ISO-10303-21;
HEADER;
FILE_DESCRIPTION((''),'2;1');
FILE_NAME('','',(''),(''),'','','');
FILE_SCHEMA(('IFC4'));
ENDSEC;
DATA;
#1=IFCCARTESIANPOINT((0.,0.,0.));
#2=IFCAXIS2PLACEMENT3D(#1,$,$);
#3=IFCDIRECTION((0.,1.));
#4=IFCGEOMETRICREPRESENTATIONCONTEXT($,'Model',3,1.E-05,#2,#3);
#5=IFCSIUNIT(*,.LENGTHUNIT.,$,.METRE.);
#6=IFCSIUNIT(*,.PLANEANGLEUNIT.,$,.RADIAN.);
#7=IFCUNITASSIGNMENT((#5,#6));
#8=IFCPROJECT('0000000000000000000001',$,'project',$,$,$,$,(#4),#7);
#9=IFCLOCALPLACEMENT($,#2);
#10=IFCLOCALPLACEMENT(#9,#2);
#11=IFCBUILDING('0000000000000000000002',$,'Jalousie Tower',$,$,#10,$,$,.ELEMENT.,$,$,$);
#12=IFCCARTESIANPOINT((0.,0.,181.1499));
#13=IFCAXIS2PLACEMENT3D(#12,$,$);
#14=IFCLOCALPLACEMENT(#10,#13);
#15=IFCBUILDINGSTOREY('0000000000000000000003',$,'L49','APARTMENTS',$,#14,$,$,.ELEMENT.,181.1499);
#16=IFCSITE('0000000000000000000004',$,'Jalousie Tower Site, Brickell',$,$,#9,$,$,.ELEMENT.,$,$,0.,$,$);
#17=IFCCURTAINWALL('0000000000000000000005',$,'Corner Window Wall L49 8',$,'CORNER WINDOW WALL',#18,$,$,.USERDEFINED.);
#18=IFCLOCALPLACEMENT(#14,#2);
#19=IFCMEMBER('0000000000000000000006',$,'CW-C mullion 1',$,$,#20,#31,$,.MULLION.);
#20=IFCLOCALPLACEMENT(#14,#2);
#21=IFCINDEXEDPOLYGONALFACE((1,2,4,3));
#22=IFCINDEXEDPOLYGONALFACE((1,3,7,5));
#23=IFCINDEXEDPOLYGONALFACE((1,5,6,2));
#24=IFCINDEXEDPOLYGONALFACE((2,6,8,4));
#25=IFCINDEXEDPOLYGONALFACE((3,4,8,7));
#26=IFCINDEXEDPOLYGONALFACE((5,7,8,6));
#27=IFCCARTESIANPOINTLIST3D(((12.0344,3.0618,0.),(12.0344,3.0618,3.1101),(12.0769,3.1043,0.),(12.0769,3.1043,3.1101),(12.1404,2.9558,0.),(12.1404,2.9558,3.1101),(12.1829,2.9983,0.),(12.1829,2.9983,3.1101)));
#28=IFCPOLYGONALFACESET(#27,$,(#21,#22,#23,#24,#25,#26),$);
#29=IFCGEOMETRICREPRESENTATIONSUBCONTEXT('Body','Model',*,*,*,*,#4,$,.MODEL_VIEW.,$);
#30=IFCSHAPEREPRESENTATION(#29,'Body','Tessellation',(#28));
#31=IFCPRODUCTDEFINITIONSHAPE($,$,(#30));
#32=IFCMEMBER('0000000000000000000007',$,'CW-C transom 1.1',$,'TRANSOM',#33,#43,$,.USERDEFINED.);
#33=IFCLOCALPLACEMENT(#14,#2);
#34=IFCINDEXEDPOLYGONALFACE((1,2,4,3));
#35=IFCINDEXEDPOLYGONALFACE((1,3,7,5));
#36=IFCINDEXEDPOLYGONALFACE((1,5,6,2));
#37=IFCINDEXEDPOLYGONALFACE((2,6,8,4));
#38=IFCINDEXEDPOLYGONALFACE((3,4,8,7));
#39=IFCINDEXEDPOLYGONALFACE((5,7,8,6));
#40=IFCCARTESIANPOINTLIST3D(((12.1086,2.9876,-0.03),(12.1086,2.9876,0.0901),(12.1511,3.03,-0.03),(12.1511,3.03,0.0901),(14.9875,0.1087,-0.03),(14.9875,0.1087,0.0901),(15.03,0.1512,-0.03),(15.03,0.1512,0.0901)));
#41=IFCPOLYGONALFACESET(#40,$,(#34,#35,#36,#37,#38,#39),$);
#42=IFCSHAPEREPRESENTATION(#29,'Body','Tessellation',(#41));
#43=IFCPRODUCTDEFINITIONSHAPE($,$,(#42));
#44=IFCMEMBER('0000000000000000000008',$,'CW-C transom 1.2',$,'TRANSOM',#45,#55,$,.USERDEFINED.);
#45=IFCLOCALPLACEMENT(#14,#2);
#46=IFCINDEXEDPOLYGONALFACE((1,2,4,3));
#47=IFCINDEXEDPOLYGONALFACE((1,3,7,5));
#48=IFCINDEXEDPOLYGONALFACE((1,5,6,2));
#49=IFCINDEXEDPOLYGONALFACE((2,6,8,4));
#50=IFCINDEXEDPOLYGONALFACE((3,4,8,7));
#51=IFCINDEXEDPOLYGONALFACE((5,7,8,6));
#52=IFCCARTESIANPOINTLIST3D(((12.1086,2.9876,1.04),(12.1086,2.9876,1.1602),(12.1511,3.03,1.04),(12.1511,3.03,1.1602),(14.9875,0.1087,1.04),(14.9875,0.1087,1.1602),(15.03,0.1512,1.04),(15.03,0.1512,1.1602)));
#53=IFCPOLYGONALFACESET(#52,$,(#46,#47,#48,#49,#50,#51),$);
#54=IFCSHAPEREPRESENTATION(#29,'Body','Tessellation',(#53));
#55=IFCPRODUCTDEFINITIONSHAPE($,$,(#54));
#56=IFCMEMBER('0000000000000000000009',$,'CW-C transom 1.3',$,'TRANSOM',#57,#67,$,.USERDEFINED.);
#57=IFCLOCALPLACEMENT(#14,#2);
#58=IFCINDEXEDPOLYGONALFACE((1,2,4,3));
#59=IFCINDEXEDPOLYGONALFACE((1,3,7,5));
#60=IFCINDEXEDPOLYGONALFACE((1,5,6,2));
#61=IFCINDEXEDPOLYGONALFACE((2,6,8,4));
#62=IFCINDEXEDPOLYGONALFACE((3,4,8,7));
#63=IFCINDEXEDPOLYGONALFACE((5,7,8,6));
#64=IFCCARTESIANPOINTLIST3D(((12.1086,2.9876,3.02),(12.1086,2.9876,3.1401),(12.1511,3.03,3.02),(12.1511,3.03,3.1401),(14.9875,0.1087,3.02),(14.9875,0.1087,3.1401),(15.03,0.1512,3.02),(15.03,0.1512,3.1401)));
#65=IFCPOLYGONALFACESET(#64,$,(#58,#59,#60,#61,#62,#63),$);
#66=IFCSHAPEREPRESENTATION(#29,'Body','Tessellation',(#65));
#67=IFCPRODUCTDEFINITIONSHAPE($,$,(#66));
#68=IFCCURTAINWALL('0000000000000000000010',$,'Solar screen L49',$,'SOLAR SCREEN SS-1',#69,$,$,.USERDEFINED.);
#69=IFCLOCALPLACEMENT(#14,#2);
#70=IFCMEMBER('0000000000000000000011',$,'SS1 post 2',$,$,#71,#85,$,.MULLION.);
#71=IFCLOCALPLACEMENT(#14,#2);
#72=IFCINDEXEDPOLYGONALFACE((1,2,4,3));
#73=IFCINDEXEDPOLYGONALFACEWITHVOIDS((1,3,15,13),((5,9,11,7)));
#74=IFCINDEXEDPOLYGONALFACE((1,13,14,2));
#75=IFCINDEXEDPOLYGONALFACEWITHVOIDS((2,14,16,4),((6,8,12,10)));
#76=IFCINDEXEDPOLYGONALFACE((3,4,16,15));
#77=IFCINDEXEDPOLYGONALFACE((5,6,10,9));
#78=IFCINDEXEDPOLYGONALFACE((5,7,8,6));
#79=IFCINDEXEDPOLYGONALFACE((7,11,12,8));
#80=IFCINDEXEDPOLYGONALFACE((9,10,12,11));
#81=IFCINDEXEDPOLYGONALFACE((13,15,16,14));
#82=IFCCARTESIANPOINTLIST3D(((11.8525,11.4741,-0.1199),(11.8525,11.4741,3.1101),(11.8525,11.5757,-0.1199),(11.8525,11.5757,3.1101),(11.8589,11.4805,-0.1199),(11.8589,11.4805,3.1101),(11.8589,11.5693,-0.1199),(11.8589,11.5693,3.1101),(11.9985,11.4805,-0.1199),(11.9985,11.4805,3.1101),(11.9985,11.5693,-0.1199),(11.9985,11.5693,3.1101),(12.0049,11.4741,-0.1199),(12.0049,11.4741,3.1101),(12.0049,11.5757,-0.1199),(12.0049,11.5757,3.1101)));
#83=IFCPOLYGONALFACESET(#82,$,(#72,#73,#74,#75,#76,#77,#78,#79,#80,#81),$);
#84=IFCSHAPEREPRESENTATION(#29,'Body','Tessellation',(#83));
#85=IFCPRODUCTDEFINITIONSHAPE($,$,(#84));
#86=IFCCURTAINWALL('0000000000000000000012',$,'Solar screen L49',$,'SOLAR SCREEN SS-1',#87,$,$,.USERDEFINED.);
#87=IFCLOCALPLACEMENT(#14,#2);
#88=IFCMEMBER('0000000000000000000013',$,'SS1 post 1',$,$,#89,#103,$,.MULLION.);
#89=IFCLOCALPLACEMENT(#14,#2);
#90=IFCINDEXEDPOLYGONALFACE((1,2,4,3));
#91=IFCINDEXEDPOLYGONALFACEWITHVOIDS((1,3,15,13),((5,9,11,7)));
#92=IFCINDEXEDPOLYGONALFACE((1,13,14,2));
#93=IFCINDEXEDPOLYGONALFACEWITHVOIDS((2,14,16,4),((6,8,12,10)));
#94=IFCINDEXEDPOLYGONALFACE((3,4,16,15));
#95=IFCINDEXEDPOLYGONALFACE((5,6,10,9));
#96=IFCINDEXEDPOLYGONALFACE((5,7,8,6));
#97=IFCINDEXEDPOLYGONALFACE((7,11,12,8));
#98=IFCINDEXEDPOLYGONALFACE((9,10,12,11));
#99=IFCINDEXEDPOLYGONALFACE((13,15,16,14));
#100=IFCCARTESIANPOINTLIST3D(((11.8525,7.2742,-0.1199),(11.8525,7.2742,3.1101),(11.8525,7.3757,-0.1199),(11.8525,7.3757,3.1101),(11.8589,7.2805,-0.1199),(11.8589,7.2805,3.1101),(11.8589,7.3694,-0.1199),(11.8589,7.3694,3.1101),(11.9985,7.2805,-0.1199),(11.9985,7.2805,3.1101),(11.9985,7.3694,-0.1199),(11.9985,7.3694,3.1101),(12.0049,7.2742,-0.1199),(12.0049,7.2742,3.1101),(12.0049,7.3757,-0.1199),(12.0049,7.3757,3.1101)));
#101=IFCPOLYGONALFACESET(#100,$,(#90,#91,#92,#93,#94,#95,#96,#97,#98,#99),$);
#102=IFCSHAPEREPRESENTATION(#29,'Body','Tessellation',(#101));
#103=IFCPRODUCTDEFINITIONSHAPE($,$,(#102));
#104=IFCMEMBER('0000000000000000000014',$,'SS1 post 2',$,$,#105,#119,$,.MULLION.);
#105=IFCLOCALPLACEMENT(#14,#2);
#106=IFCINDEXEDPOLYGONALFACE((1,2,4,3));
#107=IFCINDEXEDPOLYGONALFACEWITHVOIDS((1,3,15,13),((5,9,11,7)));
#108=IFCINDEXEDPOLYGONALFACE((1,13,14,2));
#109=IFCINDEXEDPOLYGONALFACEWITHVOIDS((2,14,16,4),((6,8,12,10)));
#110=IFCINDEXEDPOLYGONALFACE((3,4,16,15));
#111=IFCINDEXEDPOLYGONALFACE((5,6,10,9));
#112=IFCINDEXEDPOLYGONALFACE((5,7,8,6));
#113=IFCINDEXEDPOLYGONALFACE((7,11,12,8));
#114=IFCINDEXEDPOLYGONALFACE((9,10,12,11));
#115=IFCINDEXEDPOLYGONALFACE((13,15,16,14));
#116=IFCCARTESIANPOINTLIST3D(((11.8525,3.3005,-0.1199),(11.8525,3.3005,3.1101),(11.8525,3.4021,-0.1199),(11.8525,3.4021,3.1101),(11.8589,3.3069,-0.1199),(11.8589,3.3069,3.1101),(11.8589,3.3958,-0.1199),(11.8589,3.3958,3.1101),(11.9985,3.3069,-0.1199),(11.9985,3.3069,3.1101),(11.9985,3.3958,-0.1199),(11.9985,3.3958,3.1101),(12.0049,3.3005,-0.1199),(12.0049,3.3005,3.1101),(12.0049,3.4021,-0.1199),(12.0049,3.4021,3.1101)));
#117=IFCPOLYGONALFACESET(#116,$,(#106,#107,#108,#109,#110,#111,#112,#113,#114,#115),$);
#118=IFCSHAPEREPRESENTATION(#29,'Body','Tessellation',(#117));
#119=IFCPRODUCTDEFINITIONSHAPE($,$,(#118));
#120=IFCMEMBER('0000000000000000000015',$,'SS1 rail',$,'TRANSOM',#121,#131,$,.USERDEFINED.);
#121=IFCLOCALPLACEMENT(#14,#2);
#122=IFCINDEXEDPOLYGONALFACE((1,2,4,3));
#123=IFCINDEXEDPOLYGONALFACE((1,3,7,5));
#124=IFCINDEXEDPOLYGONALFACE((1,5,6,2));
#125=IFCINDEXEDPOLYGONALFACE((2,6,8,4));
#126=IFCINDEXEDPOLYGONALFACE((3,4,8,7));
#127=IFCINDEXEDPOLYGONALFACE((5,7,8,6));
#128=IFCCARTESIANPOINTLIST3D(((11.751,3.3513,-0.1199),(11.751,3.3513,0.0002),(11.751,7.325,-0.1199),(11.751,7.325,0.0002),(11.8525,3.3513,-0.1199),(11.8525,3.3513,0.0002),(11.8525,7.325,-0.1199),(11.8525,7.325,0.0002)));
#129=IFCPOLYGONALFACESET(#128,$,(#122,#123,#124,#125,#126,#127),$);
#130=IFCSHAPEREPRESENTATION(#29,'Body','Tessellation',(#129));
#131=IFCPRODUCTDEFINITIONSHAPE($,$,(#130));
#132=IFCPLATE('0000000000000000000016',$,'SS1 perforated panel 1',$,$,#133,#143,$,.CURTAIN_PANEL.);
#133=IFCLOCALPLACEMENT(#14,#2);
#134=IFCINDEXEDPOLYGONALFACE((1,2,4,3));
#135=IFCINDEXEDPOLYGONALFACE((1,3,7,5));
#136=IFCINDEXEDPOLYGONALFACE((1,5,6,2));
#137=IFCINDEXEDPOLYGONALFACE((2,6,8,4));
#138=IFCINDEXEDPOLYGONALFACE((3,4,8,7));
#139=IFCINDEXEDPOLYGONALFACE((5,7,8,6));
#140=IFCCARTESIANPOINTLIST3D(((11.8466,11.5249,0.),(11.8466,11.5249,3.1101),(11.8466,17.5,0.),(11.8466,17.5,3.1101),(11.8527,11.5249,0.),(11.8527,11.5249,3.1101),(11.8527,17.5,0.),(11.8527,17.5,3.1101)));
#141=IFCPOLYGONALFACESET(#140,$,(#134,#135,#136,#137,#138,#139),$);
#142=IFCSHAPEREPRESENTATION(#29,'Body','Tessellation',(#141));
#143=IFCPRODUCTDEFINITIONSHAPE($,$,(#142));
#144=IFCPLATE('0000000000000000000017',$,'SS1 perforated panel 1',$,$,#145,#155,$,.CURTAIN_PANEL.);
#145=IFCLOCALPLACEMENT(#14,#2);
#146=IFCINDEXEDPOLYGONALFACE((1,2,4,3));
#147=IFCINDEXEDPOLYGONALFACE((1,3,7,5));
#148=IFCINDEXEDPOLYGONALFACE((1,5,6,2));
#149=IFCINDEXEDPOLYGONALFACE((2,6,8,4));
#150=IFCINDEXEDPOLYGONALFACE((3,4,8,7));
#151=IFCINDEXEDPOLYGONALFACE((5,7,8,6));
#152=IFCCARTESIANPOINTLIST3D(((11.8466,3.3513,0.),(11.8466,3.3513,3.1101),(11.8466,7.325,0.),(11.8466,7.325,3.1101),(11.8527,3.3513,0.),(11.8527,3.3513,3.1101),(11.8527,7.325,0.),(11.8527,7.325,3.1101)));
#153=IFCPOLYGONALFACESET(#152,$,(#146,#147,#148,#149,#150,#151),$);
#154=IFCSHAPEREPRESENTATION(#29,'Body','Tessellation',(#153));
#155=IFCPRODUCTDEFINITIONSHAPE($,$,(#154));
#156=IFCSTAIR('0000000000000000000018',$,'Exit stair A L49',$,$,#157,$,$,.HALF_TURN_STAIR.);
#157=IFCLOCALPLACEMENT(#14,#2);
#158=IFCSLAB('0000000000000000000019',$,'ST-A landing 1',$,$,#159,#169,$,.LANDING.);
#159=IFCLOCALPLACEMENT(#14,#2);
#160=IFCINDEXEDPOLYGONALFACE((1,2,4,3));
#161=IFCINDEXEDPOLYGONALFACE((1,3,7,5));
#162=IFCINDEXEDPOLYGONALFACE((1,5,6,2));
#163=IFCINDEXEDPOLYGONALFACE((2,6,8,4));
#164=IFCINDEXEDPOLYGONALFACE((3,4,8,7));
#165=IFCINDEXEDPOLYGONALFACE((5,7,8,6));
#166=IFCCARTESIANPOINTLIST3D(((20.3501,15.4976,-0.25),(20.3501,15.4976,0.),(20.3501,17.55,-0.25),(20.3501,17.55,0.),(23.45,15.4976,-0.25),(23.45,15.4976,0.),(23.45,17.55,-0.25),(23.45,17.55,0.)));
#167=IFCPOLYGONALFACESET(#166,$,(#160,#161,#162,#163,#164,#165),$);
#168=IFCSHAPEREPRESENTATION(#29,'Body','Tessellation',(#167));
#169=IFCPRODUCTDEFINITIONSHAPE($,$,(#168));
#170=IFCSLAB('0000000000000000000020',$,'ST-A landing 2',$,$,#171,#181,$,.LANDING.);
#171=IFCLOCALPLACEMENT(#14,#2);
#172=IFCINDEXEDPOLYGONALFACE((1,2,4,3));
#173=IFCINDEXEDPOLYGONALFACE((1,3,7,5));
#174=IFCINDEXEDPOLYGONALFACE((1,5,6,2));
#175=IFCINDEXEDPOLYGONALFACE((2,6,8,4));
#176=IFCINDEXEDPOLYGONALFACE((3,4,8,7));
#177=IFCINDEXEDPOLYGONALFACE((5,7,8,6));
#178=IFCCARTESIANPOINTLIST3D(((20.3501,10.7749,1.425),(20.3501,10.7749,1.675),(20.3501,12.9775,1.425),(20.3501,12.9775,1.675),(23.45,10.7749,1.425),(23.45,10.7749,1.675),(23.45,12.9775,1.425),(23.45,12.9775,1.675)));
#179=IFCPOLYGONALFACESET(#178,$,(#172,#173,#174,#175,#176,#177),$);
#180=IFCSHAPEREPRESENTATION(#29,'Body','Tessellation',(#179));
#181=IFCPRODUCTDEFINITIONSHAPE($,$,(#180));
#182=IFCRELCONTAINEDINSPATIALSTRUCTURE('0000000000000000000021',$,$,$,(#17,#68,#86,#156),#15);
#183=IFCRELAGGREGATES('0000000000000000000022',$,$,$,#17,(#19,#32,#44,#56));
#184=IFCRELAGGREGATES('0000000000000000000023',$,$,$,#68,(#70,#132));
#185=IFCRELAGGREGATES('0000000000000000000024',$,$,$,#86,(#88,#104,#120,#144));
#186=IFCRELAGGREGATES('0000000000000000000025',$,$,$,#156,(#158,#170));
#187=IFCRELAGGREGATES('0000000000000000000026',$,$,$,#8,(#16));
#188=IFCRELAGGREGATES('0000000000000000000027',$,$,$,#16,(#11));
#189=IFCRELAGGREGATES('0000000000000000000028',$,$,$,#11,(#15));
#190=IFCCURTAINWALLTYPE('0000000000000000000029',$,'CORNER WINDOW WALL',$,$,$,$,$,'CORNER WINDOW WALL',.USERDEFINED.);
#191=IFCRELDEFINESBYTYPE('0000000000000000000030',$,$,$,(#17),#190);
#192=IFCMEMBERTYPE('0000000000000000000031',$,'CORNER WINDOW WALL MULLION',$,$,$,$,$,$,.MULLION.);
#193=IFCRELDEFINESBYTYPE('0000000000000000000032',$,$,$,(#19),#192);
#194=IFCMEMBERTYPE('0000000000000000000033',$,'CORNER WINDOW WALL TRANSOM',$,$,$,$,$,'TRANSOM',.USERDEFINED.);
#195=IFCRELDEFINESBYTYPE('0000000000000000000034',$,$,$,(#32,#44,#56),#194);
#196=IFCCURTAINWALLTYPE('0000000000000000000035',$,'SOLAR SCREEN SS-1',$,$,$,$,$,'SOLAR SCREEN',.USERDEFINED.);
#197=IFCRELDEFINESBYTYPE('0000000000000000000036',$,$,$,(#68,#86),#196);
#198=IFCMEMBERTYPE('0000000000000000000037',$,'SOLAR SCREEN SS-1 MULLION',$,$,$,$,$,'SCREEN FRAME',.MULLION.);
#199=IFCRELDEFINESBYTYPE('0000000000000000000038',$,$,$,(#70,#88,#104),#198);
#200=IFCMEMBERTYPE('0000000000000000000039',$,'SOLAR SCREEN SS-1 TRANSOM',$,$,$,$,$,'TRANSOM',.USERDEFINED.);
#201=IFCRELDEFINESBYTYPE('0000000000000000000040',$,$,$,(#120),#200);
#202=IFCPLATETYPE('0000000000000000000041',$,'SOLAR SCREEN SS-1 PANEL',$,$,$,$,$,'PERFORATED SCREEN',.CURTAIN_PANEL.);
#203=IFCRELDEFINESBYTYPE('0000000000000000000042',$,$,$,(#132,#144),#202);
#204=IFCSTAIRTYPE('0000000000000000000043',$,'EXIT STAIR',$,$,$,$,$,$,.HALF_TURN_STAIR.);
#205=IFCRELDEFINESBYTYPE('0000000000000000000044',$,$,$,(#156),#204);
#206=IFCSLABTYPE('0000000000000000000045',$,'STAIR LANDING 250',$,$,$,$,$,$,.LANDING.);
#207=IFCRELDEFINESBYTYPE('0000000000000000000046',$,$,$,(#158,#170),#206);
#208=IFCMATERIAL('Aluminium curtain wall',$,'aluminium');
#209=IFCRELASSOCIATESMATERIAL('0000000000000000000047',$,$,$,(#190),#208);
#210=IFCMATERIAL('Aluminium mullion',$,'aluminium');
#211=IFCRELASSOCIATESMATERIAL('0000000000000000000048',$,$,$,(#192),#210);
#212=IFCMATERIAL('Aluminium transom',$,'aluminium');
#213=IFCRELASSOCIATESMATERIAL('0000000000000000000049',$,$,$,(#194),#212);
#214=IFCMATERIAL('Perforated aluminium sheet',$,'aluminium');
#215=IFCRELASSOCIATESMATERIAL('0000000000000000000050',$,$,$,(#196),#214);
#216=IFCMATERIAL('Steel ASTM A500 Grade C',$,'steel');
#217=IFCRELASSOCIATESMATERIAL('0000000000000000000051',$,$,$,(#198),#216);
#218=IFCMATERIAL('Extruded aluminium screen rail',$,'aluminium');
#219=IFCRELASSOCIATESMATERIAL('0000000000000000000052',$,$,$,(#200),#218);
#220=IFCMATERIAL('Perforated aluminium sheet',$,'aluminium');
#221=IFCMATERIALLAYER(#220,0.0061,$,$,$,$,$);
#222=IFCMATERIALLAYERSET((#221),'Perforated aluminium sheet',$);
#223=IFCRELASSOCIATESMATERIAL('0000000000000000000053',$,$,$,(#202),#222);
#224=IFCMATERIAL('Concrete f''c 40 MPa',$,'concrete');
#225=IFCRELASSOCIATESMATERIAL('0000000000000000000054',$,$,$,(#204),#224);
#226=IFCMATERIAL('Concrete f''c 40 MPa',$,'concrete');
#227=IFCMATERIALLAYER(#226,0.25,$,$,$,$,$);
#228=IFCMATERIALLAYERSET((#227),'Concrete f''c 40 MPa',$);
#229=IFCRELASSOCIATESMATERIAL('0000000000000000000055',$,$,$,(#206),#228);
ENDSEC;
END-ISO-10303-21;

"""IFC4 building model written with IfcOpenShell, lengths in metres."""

from ifc_helpers import new_model, si_unit, direction, frame, origin, origin_2d, place, context, subcontext, project, spatial, polyline, rectangle, hollow_rectangle, outline, extrude, material, layer, layer_set, material_profile, profile_set, type_object, element, aggregate, save


model = new_model("IFC4")

# Units and contexts
model_context = context("Model", 3, precision=1e-05, world=origin(), true_north=direction((0.0, 1.0)))
body_context = subcontext(model_context, "Body", "Model", "MODEL_VIEW")
ifc_project = project(units=[si_unit("LENGTHUNIT", "METRE"), si_unit("PLANEANGLEUNIT", "RADIAN")], contexts=[model_context])

# Site, building, storey
site_placement = place(None, origin())
site = spatial("IfcSite", under=ifc_project, at=site_placement, Name="Jalousie Tower Site, Brickell", CompositionType="ELEMENT", RefElevation=0.0)
building_placement = place(site_placement, origin())
building = spatial("IfcBuilding", under=site, at=building_placement, Name="Jalousie Tower", CompositionType="ELEMENT")
storey_placement = place(building_placement, frame((0.0, 0.0, 181.1499)))
storey = spatial("IfcBuildingStorey", under=building, at=storey_placement, Name="L49", Description="APARTMENTS", CompositionType="ELEMENT", Elevation=181.1499)

# Curtain wall, members
ifc_material_1 = material(Name="Aluminium curtain wall", Category="aluminium")
curtain_wall_type_1 = type_object("IfcCurtainWallType", Name="CORNER WINDOW WALL", ElementType="CORNER WINDOW WALL", PredefinedType="USERDEFINED", material=ifc_material_1)
curtain_wall_1_placement = place(storey_placement, origin())
curtain_wall_1 = element("IfcCurtainWall", 1, at=curtain_wall_1_placement, inside=storey, type_object=curtain_wall_type_1, Name="Corner Window Wall L49 8", ObjectType="CORNER WINDOW WALL", PredefinedType="USERDEFINED")
ifc_material_2 = material(Name="Aluminium mullion", Category="aluminium")
ifc_material_profile_1 = material_profile(ifc_material_2, rectangle(XDim=0.0601, YDim=0.1499, at=origin_2d()), Name="MULLION 60x150")
ifc_profile_set_1 = profile_set([ifc_material_profile_1], Name="Aluminium mullion")
member_type_1 = type_object("IfcMemberType", Name="CORNER WINDOW WALL MULLION", PredefinedType="MULLION", material=ifc_profile_set_1)
member_1_placement = place(storey_placement, frame((12.1086, 3.03, 0.0), z_axis=(0.0, 0.0, 1.0), x_axis=(0.707107, 0.707107, 0.0)))
member_1 = element("IfcMember", 2, at=member_1_placement, type_object=member_type_1, Name="CW-C mullion 1", PredefinedType="MULLION", context=body_context, shape_type="SweptSolid", body=[
    extrude(rectangle(XDim=0.0601, YDim=0.1499, at=origin_2d()), origin(), (0.0, 0.0, 1.0), 3.1101),
])
ifc_material_3 = material(Name="Aluminium transom", Category="aluminium")
ifc_material_profile_2 = material_profile(ifc_material_3, rectangle(XDim=0.0601, YDim=0.1201, at=origin_2d()), Name="TRANSOM 60x120")
ifc_profile_set_2 = profile_set([ifc_material_profile_2], Name="Aluminium transom")
member_type_2 = type_object("IfcMemberType", Name="CORNER WINDOW WALL TRANSOM", ElementType="TRANSOM", PredefinedType="USERDEFINED", material=ifc_profile_set_2)
member_2_placement = place(storey_placement, frame((12.1299, 3.0088, 0.03), z_axis=(0.707107, -0.707107, 0.0), x_axis=(0.707107, 0.707107, 0.0)))
member_2 = element("IfcMember", 3, at=member_2_placement, type_object=member_type_2, Name="CW-C transom 1.1", ObjectType="TRANSOM", PredefinedType="USERDEFINED", context=body_context, shape_type="SweptSolid", body=[
    extrude(rectangle(XDim=0.0601, YDim=0.1201, at=origin_2d()), origin(), (0.0, 0.0, 1.0), 4.0713),
])
member_3_placement = place(storey_placement, frame((12.1299, 3.0088, 1.1001), z_axis=(0.707107, -0.707107, 0.0), x_axis=(0.707107, 0.707107, 0.0)))
member_3 = element("IfcMember", 4, at=member_3_placement, type_object=member_type_2, Name="CW-C transom 1.2", ObjectType="TRANSOM", PredefinedType="USERDEFINED", context=body_context, shape_type="SweptSolid", body=[
    extrude(rectangle(XDim=0.0601, YDim=0.1201, at=origin_2d()), origin(), (0.0, 0.0, 1.0), 4.0713),
])
member_4_placement = place(storey_placement, frame((12.1299, 3.0088, 3.0801), z_axis=(0.707107, -0.707107, 0.0), x_axis=(0.707107, 0.707107, 0.0)))
member_4 = element("IfcMember", 5, at=member_4_placement, type_object=member_type_2, Name="CW-C transom 1.3", ObjectType="TRANSOM", PredefinedType="USERDEFINED", context=body_context, shape_type="SweptSolid", body=[
    extrude(rectangle(XDim=0.0601, YDim=0.1201, at=origin_2d()), origin(), (0.0, 0.0, 1.0), 4.0713),
])
aggregate(curtain_wall_1, [member_1, member_2, member_3, member_4])

# Curtain wall, member
ifc_material_4 = material(Name="Perforated aluminium sheet", Category="aluminium")
curtain_wall_type_2 = type_object("IfcCurtainWallType", Name="SOLAR SCREEN SS-1", ElementType="SOLAR SCREEN", PredefinedType="USERDEFINED", material=ifc_material_4)
curtain_wall_2_placement = place(storey_placement, origin())
curtain_wall_2 = element("IfcCurtainWall", 6, at=curtain_wall_2_placement, inside=storey, type_object=curtain_wall_type_2, Name="Solar screen L49", ObjectType="SOLAR SCREEN SS-1", PredefinedType="USERDEFINED")
ifc_material_5 = material(Name="Steel ASTM A500 Grade C", Category="steel")
ifc_material_profile_3 = material_profile(ifc_material_5, hollow_rectangle(XDim=0.1016, YDim=0.1523, WallThickness=0.0063, at=origin_2d()), Name="HSS6X4X1/4")
ifc_profile_set_3 = profile_set([ifc_material_profile_3], Name="Steel ASTM A500 Grade C")
member_type_3 = type_object("IfcMemberType", Name="SOLAR SCREEN SS-1 MULLION", ElementType="SCREEN FRAME", PredefinedType="MULLION", material=ifc_profile_set_3)
member_5_placement = place(storey_placement, frame((11.9287, 11.5249, -0.1199), z_axis=(0.0, 0.0, 1.0), x_axis=(0.0, -1.0, 0.0)))
member_5 = element("IfcMember", 7, at=member_5_placement, type_object=member_type_3, Name="SS1 post 2", PredefinedType="MULLION", context=body_context, shape_type="SweptSolid", body=[
    extrude(hollow_rectangle(XDim=0.1016, YDim=0.1523, WallThickness=0.0063, at=origin_2d()), origin(), (0.0, 0.0, 1.0), 3.23),
])

# Curtain wall, members
curtain_wall_3_placement = place(storey_placement, origin())
curtain_wall_3 = element("IfcCurtainWall", 8, at=curtain_wall_3_placement, inside=storey, type_object=curtain_wall_type_2, Name="Solar screen L49", ObjectType="SOLAR SCREEN SS-1", PredefinedType="USERDEFINED")
member_6_placement = place(storey_placement, frame((11.9287, 7.325, -0.1199), z_axis=(0.0, 0.0, 1.0), x_axis=(0.0, -1.0, 0.0)))
member_6 = element("IfcMember", 9, at=member_6_placement, type_object=member_type_3, Name="SS1 post 1", PredefinedType="MULLION", context=body_context, shape_type="SweptSolid", body=[
    extrude(hollow_rectangle(XDim=0.1016, YDim=0.1523, WallThickness=0.0063, at=origin_2d()), origin(), (0.0, 0.0, 1.0), 3.23),
])
member_7_placement = place(storey_placement, frame((11.9287, 3.3513, -0.1199), z_axis=(0.0, 0.0, 1.0), x_axis=(0.0, -1.0, 0.0)))
member_7 = element("IfcMember", 10, at=member_7_placement, type_object=member_type_3, Name="SS1 post 2", PredefinedType="MULLION", context=body_context, shape_type="SweptSolid", body=[
    extrude(hollow_rectangle(XDim=0.1016, YDim=0.1523, WallThickness=0.0063, at=origin_2d()), origin(), (0.0, 0.0, 1.0), 3.23),
])
ifc_material_6 = material(Name="Extruded aluminium screen rail", Category="aluminium")
ifc_material_profile_4 = material_profile(ifc_material_6, rectangle(XDim=0.1016, YDim=0.1201, at=origin_2d()), Name="RAIL 102x120")
ifc_profile_set_4 = profile_set([ifc_material_profile_4], Name="Extruded aluminium screen rail")
member_type_4 = type_object("IfcMemberType", Name="SOLAR SCREEN SS-1 TRANSOM", ElementType="TRANSOM", PredefinedType="USERDEFINED", material=ifc_profile_set_4)
member_8_placement = place(storey_placement, frame((11.8018, 7.325, -0.0598), z_axis=(0.0, -1.0, 0.0), x_axis=(1.0, 0.0, 0.0)))
member_8 = element("IfcMember", 11, at=member_8_placement, type_object=member_type_4, Name="SS1 rail", ObjectType="TRANSOM", PredefinedType="USERDEFINED", context=body_context, shape_type="SweptSolid", body=[
    extrude(rectangle(XDim=0.1016, YDim=0.1201, at=origin_2d()), origin(), (0.0, 0.0, 1.0), 3.9736),
])

# Plates
ifc_material_7 = material(Name="Perforated aluminium sheet", Category="aluminium")
ifc_layer_1 = layer(ifc_material_7, 0.0061)
ifc_layer_set_1 = layer_set([ifc_layer_1], Name="Perforated aluminium sheet")
plate_type = type_object("IfcPlateType", Name="SOLAR SCREEN SS-1 PANEL", ElementType="PERFORATED SCREEN", PredefinedType="CURTAIN_PANEL", material=ifc_layer_set_1)
plate_1_placement = place(storey_placement, frame((11.8496, 14.5125, 0.0), z_axis=(0.0, 0.0, 1.0), x_axis=(0.0, -1.0, 0.0)))
plate_1 = element("IfcPlate", 12, at=plate_1_placement, type_object=plate_type, Name="SS1 perforated panel 1", PredefinedType="CURTAIN_PANEL", context=body_context, shape_type="SweptSolid", body=[
    extrude(rectangle(XDim=5.9751, YDim=0.0061, at=origin_2d()), origin(), (0.0, 0.0, 1.0), 3.1101),
])
aggregate(curtain_wall_2, [member_5, plate_1])
plate_2_placement = place(storey_placement, frame((11.8496, 5.3381, 0.0), z_axis=(0.0, 0.0, 1.0), x_axis=(0.0, -1.0, 0.0)))
plate_2 = element("IfcPlate", 13, at=plate_2_placement, type_object=plate_type, Name="SS1 perforated panel 1", PredefinedType="CURTAIN_PANEL", context=body_context, shape_type="SweptSolid", body=[
    extrude(rectangle(XDim=3.9736, YDim=0.0061, at=origin_2d()), origin(), (0.0, 0.0, 1.0), 3.1101),
])
aggregate(curtain_wall_3, [member_6, member_7, member_8, plate_2])

# Stair, slabs
ifc_material_8 = material(Name="Concrete f'c 40 MPa", Category="concrete")
stair_type = type_object("IfcStairType", Name="EXIT STAIR", PredefinedType="HALF_TURN_STAIR", material=ifc_material_8)
stair_1_placement = place(storey_placement, origin())
stair_1 = element("IfcStair", 14, at=stair_1_placement, inside=storey, type_object=stair_type, Name="Exit stair A L49", PredefinedType="HALF_TURN_STAIR")
ifc_material_9 = material(Name="Concrete f'c 40 MPa", Category="concrete")
ifc_layer_2 = layer(ifc_material_9, 0.25)
ifc_layer_set_2 = layer_set([ifc_layer_2], Name="Concrete f'c 40 MPa")
slab_type_1 = type_object("IfcSlabType", Name="STAIR LANDING 250", PredefinedType="LANDING", material=ifc_layer_set_2)
slab_1_placement = place(storey_placement, frame((0.0, 0.0, -0.25)))
slab_1 = element("IfcSlab", 15, at=slab_1_placement, type_object=slab_type_1, Name="ST-A landing 1", PredefinedType="LANDING", context=body_context, shape_type="SweptSolid", body=[
    extrude(outline(polyline([(20.3501, 15.4976), (23.45, 15.4976), (23.45, 17.55), (20.3501, 17.55), (20.3501, 15.4976)])), origin(), (0.0, 0.0, 1.0), 0.25),
])
slab_2_placement = place(storey_placement, frame((0.0, 0.0, 1.425)))
slab_2 = element("IfcSlab", 16, at=slab_2_placement, type_object=slab_type_1, Name="ST-A landing 2", PredefinedType="LANDING", context=body_context, shape_type="SweptSolid", body=[
    extrude(outline(polyline([(20.3501, 10.7749), (23.45, 10.7749), (23.45, 12.9775), (20.3501, 12.9775), (20.3501, 10.7749)])), origin(), (0.0, 0.0, 1.0), 0.25),
])
aggregate(stair_1, [slab_1, slab_2])

save(model, "model.ifc")
